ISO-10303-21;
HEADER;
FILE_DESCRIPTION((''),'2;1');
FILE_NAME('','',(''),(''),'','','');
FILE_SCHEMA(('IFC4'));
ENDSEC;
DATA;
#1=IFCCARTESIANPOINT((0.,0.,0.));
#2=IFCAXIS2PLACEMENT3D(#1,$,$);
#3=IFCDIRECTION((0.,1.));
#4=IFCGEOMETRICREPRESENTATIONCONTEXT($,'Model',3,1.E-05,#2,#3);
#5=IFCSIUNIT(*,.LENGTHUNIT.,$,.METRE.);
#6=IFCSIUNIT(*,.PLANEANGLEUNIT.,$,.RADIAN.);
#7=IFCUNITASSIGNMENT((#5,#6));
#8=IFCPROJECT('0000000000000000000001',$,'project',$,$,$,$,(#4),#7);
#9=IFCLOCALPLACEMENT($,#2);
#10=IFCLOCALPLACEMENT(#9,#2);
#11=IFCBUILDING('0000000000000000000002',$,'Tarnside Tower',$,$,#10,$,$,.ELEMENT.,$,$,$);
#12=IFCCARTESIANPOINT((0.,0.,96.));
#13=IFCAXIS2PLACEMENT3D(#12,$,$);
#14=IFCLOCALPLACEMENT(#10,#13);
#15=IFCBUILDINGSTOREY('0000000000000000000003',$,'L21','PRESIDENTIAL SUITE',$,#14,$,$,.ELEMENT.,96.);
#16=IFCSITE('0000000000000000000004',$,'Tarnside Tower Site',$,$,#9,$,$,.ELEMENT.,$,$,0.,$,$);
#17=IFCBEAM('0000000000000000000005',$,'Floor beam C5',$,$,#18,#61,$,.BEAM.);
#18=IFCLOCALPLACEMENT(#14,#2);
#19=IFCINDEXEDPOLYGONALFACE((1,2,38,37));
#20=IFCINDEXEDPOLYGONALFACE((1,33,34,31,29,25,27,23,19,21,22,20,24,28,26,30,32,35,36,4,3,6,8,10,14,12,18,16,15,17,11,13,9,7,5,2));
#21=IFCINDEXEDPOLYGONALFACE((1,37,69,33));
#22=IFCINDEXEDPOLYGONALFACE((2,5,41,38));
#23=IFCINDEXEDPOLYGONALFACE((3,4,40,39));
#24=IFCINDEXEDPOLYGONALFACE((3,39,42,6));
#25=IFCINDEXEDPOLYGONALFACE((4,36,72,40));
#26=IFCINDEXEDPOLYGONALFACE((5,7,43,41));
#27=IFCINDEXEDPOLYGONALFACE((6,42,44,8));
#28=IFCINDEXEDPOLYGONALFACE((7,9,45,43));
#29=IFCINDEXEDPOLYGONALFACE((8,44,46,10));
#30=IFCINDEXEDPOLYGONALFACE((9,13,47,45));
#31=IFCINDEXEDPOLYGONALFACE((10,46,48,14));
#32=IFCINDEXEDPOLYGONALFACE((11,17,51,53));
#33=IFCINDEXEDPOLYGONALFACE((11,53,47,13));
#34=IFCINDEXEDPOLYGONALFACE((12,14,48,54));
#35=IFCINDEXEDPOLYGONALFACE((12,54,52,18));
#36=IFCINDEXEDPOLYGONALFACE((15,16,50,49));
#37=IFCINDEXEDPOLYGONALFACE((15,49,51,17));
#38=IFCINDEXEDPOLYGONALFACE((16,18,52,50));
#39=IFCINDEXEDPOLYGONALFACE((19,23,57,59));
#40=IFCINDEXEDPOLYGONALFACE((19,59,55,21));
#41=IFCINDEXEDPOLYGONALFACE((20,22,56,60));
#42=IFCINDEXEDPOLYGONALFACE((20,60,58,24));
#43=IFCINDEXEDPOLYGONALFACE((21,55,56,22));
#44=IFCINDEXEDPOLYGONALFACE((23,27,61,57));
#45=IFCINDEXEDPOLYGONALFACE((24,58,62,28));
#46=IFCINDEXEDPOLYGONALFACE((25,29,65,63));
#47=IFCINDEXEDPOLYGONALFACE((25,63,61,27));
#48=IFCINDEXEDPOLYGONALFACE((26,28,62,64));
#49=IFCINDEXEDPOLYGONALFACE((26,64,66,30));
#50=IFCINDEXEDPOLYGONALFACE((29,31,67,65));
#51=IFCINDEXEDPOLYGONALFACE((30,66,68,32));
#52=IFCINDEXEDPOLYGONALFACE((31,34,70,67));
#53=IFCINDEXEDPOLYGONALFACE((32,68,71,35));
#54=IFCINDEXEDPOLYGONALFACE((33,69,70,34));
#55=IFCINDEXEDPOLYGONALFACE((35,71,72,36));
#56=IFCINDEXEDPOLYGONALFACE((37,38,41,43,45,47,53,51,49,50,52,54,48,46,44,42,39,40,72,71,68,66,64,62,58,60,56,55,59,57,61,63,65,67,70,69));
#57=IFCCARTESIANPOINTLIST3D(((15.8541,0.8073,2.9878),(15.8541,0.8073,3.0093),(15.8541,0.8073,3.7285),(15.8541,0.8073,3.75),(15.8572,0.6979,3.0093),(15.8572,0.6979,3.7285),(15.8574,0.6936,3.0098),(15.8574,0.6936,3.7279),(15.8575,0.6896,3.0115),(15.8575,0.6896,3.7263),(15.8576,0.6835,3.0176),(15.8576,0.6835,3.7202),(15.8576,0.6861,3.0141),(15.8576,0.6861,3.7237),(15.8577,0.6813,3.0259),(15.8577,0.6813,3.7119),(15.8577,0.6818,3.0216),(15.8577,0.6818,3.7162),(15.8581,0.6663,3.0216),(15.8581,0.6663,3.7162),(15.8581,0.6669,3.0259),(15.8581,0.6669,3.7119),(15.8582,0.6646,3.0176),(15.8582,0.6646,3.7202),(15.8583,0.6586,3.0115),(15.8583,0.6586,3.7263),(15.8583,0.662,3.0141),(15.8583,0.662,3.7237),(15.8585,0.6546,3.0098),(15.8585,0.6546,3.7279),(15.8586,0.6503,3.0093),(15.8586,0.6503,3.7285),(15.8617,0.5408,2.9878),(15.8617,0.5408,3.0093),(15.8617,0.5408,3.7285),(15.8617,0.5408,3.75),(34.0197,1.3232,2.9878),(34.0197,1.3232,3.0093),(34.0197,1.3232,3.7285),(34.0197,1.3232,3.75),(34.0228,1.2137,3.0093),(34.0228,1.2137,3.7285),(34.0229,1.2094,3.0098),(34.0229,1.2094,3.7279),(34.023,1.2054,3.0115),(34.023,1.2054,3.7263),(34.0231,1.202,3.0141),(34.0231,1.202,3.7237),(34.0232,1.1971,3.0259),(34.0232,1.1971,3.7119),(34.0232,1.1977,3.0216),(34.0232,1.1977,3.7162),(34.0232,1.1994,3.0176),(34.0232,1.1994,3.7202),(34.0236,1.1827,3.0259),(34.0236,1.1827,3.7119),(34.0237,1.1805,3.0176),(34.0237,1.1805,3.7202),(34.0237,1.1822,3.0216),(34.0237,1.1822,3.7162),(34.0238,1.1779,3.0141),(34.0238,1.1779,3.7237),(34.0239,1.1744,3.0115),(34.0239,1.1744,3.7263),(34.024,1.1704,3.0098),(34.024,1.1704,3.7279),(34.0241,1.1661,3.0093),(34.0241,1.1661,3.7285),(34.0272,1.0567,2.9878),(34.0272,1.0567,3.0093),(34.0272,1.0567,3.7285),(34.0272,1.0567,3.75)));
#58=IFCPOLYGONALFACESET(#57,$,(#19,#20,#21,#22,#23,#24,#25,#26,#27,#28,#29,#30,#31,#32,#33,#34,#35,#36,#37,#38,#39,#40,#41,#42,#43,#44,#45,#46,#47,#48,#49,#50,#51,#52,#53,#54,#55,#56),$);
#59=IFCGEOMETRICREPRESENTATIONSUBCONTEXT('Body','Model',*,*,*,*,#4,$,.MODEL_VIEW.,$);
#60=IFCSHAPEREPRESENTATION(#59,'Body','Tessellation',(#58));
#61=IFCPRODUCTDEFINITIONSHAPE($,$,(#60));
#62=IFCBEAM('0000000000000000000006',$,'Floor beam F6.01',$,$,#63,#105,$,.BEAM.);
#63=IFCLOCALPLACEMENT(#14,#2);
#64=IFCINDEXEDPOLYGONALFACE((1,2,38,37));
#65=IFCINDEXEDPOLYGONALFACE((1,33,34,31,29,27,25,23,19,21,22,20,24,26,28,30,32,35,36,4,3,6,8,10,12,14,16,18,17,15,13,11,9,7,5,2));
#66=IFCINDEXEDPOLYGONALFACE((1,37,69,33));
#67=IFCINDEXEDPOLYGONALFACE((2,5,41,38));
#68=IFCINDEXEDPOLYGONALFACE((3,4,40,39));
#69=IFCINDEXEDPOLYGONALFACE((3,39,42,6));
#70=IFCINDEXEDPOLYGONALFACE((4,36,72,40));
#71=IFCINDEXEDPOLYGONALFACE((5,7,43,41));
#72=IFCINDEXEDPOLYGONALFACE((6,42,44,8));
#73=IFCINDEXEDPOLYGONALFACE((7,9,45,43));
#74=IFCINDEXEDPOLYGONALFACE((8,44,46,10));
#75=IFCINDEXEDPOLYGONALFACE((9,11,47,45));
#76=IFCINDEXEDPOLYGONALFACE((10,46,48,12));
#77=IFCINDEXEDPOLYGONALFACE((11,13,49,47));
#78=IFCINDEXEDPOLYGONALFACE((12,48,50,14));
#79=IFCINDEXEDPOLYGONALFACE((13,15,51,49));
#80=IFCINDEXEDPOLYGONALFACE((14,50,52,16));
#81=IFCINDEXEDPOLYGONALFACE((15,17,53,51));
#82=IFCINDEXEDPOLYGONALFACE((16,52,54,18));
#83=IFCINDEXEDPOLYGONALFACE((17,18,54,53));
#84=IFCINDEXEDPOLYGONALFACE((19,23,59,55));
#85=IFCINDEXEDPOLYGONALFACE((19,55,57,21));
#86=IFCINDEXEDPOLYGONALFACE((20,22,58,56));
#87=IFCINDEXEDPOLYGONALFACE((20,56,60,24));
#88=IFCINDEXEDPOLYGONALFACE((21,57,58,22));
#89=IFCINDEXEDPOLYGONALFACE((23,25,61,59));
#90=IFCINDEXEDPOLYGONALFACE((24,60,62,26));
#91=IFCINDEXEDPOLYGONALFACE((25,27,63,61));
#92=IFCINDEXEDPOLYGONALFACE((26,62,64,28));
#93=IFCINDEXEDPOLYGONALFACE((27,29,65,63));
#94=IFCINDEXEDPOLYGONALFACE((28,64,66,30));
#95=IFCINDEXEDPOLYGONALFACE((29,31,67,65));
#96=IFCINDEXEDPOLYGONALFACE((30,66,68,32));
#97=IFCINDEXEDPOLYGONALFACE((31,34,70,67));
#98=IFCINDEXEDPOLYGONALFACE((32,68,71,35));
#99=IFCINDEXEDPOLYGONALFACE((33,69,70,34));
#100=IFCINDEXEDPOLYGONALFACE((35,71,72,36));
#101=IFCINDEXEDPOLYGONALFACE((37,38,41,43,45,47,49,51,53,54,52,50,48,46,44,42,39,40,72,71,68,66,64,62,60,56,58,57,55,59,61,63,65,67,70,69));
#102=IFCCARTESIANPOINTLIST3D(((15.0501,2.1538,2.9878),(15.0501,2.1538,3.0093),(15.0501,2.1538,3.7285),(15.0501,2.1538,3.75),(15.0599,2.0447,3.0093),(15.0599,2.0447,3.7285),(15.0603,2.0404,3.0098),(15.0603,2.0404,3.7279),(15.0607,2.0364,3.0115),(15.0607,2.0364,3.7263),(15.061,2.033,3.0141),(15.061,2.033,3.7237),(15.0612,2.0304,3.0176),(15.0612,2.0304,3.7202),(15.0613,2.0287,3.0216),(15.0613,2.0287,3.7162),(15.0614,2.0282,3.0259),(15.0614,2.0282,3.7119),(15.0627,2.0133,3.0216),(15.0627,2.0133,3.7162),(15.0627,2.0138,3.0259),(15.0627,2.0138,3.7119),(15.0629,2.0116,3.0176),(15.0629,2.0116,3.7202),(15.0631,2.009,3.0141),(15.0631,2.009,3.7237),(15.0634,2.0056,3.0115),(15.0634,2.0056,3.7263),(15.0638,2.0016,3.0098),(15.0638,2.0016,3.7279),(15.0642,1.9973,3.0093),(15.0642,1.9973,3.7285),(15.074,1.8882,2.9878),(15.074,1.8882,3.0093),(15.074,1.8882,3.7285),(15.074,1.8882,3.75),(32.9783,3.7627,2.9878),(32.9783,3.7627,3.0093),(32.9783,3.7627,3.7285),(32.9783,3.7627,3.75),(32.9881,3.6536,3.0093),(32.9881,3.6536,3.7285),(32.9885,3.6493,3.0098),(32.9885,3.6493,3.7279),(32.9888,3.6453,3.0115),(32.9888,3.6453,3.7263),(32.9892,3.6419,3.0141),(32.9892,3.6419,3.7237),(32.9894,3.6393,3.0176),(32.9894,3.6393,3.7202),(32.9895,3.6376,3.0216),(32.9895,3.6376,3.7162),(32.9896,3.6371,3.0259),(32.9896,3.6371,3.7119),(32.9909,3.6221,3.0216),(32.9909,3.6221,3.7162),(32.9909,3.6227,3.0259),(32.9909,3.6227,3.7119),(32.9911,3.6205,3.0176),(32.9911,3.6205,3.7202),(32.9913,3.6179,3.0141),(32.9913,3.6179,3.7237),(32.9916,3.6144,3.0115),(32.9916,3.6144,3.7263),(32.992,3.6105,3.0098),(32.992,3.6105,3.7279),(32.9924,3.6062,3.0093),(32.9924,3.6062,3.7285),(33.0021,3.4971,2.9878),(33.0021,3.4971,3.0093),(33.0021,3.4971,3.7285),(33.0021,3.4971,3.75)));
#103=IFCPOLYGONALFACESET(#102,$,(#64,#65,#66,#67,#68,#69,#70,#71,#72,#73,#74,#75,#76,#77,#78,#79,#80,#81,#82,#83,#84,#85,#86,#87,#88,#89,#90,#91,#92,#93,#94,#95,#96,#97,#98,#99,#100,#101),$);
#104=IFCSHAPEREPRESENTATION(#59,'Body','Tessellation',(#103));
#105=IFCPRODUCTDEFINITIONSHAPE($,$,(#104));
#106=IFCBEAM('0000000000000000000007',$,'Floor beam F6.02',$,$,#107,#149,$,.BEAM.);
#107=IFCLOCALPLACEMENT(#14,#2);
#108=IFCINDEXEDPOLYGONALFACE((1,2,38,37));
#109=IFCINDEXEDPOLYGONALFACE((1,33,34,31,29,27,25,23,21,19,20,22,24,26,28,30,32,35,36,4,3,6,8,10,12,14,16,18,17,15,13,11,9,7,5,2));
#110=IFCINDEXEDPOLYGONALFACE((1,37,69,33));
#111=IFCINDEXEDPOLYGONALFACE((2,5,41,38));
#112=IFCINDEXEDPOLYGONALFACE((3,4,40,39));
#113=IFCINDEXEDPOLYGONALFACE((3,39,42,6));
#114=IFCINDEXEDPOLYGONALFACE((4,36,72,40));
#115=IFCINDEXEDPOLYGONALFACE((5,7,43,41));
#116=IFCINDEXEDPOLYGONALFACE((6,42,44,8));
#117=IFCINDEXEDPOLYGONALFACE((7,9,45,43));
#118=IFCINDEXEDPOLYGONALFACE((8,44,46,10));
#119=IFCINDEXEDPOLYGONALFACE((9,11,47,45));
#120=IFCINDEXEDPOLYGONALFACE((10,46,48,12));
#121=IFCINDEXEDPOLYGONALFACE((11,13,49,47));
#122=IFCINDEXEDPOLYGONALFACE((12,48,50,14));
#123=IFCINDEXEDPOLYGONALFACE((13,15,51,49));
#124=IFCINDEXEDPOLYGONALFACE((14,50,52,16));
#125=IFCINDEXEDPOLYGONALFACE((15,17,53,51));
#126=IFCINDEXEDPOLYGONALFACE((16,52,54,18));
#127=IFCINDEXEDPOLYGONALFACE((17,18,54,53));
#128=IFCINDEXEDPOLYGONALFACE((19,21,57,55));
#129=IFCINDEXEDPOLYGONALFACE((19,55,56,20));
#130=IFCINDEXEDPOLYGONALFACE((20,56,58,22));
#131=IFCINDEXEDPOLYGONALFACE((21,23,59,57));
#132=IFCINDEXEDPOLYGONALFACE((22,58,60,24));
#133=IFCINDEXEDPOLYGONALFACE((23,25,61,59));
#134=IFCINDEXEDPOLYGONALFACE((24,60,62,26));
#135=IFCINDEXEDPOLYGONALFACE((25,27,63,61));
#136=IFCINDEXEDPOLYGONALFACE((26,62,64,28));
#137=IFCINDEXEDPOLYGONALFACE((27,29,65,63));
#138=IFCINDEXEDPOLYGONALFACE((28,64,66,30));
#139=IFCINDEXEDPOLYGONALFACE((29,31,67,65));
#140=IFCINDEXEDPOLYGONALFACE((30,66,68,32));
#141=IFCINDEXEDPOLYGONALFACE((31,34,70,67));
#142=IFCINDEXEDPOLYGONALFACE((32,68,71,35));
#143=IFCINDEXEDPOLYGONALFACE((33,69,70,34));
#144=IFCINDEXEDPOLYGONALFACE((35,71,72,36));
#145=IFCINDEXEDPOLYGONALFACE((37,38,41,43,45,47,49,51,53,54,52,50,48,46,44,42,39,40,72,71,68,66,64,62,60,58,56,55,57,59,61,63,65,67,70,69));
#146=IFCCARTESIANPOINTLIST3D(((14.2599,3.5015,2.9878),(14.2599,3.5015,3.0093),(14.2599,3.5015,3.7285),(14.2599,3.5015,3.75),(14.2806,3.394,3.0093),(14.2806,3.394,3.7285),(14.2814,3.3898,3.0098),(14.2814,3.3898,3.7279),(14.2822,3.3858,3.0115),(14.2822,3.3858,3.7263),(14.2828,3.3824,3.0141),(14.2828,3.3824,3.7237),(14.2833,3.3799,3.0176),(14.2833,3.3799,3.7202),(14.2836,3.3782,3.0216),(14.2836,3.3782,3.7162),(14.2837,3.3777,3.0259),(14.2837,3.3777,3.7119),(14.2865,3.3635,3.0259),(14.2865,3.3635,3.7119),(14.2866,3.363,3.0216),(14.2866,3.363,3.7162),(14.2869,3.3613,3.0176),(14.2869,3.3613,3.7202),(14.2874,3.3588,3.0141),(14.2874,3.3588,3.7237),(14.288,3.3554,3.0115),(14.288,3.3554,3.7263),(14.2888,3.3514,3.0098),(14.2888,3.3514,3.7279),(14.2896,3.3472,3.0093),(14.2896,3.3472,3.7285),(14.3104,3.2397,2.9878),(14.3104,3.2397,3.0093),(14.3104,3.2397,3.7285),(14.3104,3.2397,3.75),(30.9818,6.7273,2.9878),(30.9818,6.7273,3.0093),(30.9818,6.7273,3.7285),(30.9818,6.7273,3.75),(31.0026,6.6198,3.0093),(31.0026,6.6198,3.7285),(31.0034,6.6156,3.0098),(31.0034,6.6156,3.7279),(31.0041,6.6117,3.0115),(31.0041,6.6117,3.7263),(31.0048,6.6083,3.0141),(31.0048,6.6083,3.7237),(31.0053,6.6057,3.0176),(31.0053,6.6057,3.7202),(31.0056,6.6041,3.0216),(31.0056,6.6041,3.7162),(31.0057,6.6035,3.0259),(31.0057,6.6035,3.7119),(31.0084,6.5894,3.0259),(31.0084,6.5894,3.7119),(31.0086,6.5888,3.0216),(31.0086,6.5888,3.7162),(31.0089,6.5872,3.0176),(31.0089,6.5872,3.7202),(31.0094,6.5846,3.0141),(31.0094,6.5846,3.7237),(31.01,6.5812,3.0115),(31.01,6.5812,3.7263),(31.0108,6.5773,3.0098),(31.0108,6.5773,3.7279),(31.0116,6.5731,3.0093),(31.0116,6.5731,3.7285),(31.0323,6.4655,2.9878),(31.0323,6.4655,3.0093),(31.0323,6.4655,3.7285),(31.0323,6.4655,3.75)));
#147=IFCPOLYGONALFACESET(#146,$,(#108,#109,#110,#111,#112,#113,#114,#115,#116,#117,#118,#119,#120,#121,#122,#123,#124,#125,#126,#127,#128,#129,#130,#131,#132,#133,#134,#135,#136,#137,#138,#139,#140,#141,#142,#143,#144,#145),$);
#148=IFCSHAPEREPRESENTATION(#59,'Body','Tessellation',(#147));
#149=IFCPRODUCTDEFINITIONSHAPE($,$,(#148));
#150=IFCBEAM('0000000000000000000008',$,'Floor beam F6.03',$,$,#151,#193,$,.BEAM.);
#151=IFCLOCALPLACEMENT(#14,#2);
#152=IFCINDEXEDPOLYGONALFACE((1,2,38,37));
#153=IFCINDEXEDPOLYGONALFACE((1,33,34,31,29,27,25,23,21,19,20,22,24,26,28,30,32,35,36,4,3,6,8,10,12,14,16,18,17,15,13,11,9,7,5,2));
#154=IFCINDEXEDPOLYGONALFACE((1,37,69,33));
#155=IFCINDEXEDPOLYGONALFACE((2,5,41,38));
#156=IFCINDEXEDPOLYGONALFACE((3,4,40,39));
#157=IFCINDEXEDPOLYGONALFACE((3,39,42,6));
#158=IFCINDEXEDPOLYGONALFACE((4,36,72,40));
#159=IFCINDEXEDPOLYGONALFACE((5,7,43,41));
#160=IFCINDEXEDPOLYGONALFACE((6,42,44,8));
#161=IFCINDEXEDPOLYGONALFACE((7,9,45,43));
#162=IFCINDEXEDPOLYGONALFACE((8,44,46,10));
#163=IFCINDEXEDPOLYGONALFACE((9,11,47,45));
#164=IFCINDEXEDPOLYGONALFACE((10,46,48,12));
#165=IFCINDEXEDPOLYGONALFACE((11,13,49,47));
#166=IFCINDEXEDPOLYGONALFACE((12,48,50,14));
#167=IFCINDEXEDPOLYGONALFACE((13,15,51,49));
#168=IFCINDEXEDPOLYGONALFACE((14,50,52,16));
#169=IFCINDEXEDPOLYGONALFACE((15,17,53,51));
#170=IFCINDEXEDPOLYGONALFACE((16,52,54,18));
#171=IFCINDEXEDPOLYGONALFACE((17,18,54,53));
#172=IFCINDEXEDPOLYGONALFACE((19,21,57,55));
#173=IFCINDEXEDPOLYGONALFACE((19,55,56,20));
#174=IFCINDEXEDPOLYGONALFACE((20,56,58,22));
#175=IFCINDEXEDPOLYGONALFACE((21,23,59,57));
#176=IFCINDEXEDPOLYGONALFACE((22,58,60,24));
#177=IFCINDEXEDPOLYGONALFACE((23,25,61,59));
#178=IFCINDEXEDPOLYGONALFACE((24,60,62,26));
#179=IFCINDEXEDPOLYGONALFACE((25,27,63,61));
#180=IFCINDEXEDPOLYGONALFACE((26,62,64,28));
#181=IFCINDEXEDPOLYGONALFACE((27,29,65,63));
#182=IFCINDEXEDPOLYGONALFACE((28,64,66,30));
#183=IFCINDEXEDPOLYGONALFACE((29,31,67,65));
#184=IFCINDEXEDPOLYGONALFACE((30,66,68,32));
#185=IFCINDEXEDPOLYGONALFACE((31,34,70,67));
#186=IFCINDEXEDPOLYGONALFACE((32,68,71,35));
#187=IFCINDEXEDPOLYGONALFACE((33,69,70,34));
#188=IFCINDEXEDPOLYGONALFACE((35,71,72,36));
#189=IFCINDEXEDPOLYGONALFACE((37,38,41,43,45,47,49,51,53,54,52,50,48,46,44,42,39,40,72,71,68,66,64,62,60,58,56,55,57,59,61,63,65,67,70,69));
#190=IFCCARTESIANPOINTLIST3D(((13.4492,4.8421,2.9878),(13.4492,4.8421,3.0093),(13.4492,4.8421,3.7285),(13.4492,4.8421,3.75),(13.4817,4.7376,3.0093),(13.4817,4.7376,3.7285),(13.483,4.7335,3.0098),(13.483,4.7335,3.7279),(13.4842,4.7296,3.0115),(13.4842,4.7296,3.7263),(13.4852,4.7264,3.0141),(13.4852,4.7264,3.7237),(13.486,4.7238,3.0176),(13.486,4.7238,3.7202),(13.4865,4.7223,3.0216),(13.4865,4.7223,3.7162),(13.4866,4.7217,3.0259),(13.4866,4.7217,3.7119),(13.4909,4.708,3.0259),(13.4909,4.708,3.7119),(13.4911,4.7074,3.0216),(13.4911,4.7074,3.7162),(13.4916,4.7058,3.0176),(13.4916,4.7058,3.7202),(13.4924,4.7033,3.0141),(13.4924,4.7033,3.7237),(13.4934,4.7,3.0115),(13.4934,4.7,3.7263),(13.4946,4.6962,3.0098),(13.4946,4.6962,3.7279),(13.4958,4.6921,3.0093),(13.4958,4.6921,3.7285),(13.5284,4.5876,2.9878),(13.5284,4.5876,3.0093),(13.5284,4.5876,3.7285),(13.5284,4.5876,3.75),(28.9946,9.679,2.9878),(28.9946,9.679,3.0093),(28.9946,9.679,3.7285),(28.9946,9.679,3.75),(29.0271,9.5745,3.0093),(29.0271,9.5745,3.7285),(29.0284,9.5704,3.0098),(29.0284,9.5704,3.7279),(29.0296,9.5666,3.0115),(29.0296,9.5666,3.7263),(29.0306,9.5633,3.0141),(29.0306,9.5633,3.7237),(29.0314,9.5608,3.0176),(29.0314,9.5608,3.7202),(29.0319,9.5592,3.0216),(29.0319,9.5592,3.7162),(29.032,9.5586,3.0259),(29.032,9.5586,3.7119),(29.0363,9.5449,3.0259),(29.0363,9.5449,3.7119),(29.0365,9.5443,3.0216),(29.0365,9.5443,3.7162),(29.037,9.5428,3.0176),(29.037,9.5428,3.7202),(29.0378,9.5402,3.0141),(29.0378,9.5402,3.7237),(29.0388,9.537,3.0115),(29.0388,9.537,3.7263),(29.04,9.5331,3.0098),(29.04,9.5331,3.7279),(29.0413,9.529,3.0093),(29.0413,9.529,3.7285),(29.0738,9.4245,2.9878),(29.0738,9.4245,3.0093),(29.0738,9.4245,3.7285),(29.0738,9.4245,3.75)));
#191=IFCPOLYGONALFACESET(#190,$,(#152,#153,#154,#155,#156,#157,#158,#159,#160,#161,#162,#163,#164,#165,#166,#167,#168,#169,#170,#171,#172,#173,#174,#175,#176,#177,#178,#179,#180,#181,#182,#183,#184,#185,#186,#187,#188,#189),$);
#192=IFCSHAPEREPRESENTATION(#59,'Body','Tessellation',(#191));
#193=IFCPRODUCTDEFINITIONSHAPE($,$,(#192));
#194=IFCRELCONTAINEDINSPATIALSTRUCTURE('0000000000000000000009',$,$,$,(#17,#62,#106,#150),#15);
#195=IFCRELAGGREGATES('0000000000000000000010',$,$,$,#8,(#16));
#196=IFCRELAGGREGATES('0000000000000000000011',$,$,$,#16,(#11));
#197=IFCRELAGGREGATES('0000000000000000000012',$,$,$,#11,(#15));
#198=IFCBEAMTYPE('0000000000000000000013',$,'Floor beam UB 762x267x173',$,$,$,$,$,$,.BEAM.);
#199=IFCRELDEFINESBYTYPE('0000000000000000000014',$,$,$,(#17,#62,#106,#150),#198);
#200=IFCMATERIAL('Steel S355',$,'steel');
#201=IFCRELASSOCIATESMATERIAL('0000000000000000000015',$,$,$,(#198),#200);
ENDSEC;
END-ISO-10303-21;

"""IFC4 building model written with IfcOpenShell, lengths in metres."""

from ifc_helpers import new_model, si_unit, direction, frame, origin, origin_2d, place, context, subcontext, project, spatial, i_section, extrude, material, material_profile, profile_set, type_object, element, save


model = new_model("IFC4")

# Units and contexts
model_context = context("Model", 3, precision=1e-05, world=origin(), true_north=direction((0.0, 1.0)))
body_context = subcontext(model_context, "Body", "Model", "MODEL_VIEW")
ifc_project = project(units=[si_unit("LENGTHUNIT", "METRE"), si_unit("PLANEANGLEUNIT", "RADIAN")], contexts=[model_context])

# Site, building, storey
site_placement = place(None, origin())
site = spatial("IfcSite", under=ifc_project, at=site_placement, Name="Tarnside Tower Site", CompositionType="ELEMENT", RefElevation=0.0)
building_placement = place(site_placement, origin())
building = spatial("IfcBuilding", under=site, at=building_placement, Name="Tarnside Tower", CompositionType="ELEMENT")
storey_placement = place(building_placement, frame((0.0, 0.0, 96.0)))
storey = spatial("IfcBuildingStorey", under=building, at=storey_placement, Name="L21", Description="PRESIDENTIAL SUITE", CompositionType="ELEMENT", Elevation=96.0)

# Beams
ifc_material_1 = material(Name="Steel S355", Category="steel")
ifc_material_profile = material_profile(ifc_material_1, i_section(OverallWidth=0.2666, OverallDepth=0.7622, WebThickness=0.0144, FlangeThickness=0.0215, FilletRadius=0.0166, at=origin_2d()), Name="UB 762x267x173")
ifc_profile_set = profile_set([ifc_material_profile], Name="Steel S355")
beam_type = type_object("IfcBeamType", Name="Floor beam UB 762x267x173", PredefinedType="BEAM", material=ifc_profile_set)
beam_1_placement = place(storey_placement, frame((34.0234, 1.1899, 3.3689), z_axis=(-0.999597, -0.028387, 0.0), x_axis=(0.028387, -0.999597, 0.0)))
element("IfcBeam", 1, at=beam_1_placement, inside=storey, type_object=beam_type, Name="Floor beam C5", PredefinedType="BEAM", context=body_context, shape_type="SweptSolid", body=[
    extrude(i_section(OverallWidth=0.2666, OverallDepth=0.7622, WebThickness=0.0144, FlangeThickness=0.0215, FilletRadius=0.0166, at=origin_2d()), origin(), (0.0, 0.0, 1.0), 18.1729),
])
beam_2_placement = place(storey_placement, frame((32.9902, 3.6299, 3.3689), z_axis=(-0.995997, -0.089381, 0.0), x_axis=(0.089381, -0.995997, 0.0)))
element("IfcBeam", 2, at=beam_2_placement, inside=storey, type_object=beam_type, Name="Floor beam F6.01", PredefinedType="BEAM", context=body_context, shape_type="SweptSolid", body=[
    extrude(i_section(OverallWidth=0.2666, OverallDepth=0.7622, WebThickness=0.0144, FlangeThickness=0.0215, FilletRadius=0.0166, at=origin_2d()), origin(), (0.0, 0.0, 1.0), 18.0002),
])
beam_3_placement = place(storey_placement, frame((31.0071, 6.5964, 3.3689), z_axis=(-0.981897, -0.189418, 0.0), x_axis=(0.189418, -0.981897, 0.0)))
element("IfcBeam", 3, at=beam_3_placement, inside=storey, type_object=beam_type, Name="Floor beam F6.02", PredefinedType="BEAM", context=body_context, shape_type="SweptSolid", body=[
    extrude(i_section(OverallWidth=0.2666, OverallDepth=0.7622, WebThickness=0.0144, FlangeThickness=0.0215, FilletRadius=0.0166, at=origin_2d()), origin(), (0.0, 0.0, 1.0), 17.0303),
])
beam_4_placement = place(storey_placement, frame((29.0342, 9.5518, 3.3689), z_axis=(-0.954847, -0.297098, 0.0), x_axis=(0.297098, -0.954847, 0.0)))
element("IfcBeam", 4, at=beam_4_placement, inside=storey, type_object=beam_type, Name="Floor beam F6.03", PredefinedType="BEAM", context=body_context, shape_type="SweptSolid", body=[
    extrude(i_section(OverallWidth=0.2666, OverallDepth=0.7622, WebThickness=0.0144, FlangeThickness=0.0215, FilletRadius=0.0166, at=origin_2d()), origin(), (0.0, 0.0, 1.0), 16.2805),
])

save(model, "model.ifc")
